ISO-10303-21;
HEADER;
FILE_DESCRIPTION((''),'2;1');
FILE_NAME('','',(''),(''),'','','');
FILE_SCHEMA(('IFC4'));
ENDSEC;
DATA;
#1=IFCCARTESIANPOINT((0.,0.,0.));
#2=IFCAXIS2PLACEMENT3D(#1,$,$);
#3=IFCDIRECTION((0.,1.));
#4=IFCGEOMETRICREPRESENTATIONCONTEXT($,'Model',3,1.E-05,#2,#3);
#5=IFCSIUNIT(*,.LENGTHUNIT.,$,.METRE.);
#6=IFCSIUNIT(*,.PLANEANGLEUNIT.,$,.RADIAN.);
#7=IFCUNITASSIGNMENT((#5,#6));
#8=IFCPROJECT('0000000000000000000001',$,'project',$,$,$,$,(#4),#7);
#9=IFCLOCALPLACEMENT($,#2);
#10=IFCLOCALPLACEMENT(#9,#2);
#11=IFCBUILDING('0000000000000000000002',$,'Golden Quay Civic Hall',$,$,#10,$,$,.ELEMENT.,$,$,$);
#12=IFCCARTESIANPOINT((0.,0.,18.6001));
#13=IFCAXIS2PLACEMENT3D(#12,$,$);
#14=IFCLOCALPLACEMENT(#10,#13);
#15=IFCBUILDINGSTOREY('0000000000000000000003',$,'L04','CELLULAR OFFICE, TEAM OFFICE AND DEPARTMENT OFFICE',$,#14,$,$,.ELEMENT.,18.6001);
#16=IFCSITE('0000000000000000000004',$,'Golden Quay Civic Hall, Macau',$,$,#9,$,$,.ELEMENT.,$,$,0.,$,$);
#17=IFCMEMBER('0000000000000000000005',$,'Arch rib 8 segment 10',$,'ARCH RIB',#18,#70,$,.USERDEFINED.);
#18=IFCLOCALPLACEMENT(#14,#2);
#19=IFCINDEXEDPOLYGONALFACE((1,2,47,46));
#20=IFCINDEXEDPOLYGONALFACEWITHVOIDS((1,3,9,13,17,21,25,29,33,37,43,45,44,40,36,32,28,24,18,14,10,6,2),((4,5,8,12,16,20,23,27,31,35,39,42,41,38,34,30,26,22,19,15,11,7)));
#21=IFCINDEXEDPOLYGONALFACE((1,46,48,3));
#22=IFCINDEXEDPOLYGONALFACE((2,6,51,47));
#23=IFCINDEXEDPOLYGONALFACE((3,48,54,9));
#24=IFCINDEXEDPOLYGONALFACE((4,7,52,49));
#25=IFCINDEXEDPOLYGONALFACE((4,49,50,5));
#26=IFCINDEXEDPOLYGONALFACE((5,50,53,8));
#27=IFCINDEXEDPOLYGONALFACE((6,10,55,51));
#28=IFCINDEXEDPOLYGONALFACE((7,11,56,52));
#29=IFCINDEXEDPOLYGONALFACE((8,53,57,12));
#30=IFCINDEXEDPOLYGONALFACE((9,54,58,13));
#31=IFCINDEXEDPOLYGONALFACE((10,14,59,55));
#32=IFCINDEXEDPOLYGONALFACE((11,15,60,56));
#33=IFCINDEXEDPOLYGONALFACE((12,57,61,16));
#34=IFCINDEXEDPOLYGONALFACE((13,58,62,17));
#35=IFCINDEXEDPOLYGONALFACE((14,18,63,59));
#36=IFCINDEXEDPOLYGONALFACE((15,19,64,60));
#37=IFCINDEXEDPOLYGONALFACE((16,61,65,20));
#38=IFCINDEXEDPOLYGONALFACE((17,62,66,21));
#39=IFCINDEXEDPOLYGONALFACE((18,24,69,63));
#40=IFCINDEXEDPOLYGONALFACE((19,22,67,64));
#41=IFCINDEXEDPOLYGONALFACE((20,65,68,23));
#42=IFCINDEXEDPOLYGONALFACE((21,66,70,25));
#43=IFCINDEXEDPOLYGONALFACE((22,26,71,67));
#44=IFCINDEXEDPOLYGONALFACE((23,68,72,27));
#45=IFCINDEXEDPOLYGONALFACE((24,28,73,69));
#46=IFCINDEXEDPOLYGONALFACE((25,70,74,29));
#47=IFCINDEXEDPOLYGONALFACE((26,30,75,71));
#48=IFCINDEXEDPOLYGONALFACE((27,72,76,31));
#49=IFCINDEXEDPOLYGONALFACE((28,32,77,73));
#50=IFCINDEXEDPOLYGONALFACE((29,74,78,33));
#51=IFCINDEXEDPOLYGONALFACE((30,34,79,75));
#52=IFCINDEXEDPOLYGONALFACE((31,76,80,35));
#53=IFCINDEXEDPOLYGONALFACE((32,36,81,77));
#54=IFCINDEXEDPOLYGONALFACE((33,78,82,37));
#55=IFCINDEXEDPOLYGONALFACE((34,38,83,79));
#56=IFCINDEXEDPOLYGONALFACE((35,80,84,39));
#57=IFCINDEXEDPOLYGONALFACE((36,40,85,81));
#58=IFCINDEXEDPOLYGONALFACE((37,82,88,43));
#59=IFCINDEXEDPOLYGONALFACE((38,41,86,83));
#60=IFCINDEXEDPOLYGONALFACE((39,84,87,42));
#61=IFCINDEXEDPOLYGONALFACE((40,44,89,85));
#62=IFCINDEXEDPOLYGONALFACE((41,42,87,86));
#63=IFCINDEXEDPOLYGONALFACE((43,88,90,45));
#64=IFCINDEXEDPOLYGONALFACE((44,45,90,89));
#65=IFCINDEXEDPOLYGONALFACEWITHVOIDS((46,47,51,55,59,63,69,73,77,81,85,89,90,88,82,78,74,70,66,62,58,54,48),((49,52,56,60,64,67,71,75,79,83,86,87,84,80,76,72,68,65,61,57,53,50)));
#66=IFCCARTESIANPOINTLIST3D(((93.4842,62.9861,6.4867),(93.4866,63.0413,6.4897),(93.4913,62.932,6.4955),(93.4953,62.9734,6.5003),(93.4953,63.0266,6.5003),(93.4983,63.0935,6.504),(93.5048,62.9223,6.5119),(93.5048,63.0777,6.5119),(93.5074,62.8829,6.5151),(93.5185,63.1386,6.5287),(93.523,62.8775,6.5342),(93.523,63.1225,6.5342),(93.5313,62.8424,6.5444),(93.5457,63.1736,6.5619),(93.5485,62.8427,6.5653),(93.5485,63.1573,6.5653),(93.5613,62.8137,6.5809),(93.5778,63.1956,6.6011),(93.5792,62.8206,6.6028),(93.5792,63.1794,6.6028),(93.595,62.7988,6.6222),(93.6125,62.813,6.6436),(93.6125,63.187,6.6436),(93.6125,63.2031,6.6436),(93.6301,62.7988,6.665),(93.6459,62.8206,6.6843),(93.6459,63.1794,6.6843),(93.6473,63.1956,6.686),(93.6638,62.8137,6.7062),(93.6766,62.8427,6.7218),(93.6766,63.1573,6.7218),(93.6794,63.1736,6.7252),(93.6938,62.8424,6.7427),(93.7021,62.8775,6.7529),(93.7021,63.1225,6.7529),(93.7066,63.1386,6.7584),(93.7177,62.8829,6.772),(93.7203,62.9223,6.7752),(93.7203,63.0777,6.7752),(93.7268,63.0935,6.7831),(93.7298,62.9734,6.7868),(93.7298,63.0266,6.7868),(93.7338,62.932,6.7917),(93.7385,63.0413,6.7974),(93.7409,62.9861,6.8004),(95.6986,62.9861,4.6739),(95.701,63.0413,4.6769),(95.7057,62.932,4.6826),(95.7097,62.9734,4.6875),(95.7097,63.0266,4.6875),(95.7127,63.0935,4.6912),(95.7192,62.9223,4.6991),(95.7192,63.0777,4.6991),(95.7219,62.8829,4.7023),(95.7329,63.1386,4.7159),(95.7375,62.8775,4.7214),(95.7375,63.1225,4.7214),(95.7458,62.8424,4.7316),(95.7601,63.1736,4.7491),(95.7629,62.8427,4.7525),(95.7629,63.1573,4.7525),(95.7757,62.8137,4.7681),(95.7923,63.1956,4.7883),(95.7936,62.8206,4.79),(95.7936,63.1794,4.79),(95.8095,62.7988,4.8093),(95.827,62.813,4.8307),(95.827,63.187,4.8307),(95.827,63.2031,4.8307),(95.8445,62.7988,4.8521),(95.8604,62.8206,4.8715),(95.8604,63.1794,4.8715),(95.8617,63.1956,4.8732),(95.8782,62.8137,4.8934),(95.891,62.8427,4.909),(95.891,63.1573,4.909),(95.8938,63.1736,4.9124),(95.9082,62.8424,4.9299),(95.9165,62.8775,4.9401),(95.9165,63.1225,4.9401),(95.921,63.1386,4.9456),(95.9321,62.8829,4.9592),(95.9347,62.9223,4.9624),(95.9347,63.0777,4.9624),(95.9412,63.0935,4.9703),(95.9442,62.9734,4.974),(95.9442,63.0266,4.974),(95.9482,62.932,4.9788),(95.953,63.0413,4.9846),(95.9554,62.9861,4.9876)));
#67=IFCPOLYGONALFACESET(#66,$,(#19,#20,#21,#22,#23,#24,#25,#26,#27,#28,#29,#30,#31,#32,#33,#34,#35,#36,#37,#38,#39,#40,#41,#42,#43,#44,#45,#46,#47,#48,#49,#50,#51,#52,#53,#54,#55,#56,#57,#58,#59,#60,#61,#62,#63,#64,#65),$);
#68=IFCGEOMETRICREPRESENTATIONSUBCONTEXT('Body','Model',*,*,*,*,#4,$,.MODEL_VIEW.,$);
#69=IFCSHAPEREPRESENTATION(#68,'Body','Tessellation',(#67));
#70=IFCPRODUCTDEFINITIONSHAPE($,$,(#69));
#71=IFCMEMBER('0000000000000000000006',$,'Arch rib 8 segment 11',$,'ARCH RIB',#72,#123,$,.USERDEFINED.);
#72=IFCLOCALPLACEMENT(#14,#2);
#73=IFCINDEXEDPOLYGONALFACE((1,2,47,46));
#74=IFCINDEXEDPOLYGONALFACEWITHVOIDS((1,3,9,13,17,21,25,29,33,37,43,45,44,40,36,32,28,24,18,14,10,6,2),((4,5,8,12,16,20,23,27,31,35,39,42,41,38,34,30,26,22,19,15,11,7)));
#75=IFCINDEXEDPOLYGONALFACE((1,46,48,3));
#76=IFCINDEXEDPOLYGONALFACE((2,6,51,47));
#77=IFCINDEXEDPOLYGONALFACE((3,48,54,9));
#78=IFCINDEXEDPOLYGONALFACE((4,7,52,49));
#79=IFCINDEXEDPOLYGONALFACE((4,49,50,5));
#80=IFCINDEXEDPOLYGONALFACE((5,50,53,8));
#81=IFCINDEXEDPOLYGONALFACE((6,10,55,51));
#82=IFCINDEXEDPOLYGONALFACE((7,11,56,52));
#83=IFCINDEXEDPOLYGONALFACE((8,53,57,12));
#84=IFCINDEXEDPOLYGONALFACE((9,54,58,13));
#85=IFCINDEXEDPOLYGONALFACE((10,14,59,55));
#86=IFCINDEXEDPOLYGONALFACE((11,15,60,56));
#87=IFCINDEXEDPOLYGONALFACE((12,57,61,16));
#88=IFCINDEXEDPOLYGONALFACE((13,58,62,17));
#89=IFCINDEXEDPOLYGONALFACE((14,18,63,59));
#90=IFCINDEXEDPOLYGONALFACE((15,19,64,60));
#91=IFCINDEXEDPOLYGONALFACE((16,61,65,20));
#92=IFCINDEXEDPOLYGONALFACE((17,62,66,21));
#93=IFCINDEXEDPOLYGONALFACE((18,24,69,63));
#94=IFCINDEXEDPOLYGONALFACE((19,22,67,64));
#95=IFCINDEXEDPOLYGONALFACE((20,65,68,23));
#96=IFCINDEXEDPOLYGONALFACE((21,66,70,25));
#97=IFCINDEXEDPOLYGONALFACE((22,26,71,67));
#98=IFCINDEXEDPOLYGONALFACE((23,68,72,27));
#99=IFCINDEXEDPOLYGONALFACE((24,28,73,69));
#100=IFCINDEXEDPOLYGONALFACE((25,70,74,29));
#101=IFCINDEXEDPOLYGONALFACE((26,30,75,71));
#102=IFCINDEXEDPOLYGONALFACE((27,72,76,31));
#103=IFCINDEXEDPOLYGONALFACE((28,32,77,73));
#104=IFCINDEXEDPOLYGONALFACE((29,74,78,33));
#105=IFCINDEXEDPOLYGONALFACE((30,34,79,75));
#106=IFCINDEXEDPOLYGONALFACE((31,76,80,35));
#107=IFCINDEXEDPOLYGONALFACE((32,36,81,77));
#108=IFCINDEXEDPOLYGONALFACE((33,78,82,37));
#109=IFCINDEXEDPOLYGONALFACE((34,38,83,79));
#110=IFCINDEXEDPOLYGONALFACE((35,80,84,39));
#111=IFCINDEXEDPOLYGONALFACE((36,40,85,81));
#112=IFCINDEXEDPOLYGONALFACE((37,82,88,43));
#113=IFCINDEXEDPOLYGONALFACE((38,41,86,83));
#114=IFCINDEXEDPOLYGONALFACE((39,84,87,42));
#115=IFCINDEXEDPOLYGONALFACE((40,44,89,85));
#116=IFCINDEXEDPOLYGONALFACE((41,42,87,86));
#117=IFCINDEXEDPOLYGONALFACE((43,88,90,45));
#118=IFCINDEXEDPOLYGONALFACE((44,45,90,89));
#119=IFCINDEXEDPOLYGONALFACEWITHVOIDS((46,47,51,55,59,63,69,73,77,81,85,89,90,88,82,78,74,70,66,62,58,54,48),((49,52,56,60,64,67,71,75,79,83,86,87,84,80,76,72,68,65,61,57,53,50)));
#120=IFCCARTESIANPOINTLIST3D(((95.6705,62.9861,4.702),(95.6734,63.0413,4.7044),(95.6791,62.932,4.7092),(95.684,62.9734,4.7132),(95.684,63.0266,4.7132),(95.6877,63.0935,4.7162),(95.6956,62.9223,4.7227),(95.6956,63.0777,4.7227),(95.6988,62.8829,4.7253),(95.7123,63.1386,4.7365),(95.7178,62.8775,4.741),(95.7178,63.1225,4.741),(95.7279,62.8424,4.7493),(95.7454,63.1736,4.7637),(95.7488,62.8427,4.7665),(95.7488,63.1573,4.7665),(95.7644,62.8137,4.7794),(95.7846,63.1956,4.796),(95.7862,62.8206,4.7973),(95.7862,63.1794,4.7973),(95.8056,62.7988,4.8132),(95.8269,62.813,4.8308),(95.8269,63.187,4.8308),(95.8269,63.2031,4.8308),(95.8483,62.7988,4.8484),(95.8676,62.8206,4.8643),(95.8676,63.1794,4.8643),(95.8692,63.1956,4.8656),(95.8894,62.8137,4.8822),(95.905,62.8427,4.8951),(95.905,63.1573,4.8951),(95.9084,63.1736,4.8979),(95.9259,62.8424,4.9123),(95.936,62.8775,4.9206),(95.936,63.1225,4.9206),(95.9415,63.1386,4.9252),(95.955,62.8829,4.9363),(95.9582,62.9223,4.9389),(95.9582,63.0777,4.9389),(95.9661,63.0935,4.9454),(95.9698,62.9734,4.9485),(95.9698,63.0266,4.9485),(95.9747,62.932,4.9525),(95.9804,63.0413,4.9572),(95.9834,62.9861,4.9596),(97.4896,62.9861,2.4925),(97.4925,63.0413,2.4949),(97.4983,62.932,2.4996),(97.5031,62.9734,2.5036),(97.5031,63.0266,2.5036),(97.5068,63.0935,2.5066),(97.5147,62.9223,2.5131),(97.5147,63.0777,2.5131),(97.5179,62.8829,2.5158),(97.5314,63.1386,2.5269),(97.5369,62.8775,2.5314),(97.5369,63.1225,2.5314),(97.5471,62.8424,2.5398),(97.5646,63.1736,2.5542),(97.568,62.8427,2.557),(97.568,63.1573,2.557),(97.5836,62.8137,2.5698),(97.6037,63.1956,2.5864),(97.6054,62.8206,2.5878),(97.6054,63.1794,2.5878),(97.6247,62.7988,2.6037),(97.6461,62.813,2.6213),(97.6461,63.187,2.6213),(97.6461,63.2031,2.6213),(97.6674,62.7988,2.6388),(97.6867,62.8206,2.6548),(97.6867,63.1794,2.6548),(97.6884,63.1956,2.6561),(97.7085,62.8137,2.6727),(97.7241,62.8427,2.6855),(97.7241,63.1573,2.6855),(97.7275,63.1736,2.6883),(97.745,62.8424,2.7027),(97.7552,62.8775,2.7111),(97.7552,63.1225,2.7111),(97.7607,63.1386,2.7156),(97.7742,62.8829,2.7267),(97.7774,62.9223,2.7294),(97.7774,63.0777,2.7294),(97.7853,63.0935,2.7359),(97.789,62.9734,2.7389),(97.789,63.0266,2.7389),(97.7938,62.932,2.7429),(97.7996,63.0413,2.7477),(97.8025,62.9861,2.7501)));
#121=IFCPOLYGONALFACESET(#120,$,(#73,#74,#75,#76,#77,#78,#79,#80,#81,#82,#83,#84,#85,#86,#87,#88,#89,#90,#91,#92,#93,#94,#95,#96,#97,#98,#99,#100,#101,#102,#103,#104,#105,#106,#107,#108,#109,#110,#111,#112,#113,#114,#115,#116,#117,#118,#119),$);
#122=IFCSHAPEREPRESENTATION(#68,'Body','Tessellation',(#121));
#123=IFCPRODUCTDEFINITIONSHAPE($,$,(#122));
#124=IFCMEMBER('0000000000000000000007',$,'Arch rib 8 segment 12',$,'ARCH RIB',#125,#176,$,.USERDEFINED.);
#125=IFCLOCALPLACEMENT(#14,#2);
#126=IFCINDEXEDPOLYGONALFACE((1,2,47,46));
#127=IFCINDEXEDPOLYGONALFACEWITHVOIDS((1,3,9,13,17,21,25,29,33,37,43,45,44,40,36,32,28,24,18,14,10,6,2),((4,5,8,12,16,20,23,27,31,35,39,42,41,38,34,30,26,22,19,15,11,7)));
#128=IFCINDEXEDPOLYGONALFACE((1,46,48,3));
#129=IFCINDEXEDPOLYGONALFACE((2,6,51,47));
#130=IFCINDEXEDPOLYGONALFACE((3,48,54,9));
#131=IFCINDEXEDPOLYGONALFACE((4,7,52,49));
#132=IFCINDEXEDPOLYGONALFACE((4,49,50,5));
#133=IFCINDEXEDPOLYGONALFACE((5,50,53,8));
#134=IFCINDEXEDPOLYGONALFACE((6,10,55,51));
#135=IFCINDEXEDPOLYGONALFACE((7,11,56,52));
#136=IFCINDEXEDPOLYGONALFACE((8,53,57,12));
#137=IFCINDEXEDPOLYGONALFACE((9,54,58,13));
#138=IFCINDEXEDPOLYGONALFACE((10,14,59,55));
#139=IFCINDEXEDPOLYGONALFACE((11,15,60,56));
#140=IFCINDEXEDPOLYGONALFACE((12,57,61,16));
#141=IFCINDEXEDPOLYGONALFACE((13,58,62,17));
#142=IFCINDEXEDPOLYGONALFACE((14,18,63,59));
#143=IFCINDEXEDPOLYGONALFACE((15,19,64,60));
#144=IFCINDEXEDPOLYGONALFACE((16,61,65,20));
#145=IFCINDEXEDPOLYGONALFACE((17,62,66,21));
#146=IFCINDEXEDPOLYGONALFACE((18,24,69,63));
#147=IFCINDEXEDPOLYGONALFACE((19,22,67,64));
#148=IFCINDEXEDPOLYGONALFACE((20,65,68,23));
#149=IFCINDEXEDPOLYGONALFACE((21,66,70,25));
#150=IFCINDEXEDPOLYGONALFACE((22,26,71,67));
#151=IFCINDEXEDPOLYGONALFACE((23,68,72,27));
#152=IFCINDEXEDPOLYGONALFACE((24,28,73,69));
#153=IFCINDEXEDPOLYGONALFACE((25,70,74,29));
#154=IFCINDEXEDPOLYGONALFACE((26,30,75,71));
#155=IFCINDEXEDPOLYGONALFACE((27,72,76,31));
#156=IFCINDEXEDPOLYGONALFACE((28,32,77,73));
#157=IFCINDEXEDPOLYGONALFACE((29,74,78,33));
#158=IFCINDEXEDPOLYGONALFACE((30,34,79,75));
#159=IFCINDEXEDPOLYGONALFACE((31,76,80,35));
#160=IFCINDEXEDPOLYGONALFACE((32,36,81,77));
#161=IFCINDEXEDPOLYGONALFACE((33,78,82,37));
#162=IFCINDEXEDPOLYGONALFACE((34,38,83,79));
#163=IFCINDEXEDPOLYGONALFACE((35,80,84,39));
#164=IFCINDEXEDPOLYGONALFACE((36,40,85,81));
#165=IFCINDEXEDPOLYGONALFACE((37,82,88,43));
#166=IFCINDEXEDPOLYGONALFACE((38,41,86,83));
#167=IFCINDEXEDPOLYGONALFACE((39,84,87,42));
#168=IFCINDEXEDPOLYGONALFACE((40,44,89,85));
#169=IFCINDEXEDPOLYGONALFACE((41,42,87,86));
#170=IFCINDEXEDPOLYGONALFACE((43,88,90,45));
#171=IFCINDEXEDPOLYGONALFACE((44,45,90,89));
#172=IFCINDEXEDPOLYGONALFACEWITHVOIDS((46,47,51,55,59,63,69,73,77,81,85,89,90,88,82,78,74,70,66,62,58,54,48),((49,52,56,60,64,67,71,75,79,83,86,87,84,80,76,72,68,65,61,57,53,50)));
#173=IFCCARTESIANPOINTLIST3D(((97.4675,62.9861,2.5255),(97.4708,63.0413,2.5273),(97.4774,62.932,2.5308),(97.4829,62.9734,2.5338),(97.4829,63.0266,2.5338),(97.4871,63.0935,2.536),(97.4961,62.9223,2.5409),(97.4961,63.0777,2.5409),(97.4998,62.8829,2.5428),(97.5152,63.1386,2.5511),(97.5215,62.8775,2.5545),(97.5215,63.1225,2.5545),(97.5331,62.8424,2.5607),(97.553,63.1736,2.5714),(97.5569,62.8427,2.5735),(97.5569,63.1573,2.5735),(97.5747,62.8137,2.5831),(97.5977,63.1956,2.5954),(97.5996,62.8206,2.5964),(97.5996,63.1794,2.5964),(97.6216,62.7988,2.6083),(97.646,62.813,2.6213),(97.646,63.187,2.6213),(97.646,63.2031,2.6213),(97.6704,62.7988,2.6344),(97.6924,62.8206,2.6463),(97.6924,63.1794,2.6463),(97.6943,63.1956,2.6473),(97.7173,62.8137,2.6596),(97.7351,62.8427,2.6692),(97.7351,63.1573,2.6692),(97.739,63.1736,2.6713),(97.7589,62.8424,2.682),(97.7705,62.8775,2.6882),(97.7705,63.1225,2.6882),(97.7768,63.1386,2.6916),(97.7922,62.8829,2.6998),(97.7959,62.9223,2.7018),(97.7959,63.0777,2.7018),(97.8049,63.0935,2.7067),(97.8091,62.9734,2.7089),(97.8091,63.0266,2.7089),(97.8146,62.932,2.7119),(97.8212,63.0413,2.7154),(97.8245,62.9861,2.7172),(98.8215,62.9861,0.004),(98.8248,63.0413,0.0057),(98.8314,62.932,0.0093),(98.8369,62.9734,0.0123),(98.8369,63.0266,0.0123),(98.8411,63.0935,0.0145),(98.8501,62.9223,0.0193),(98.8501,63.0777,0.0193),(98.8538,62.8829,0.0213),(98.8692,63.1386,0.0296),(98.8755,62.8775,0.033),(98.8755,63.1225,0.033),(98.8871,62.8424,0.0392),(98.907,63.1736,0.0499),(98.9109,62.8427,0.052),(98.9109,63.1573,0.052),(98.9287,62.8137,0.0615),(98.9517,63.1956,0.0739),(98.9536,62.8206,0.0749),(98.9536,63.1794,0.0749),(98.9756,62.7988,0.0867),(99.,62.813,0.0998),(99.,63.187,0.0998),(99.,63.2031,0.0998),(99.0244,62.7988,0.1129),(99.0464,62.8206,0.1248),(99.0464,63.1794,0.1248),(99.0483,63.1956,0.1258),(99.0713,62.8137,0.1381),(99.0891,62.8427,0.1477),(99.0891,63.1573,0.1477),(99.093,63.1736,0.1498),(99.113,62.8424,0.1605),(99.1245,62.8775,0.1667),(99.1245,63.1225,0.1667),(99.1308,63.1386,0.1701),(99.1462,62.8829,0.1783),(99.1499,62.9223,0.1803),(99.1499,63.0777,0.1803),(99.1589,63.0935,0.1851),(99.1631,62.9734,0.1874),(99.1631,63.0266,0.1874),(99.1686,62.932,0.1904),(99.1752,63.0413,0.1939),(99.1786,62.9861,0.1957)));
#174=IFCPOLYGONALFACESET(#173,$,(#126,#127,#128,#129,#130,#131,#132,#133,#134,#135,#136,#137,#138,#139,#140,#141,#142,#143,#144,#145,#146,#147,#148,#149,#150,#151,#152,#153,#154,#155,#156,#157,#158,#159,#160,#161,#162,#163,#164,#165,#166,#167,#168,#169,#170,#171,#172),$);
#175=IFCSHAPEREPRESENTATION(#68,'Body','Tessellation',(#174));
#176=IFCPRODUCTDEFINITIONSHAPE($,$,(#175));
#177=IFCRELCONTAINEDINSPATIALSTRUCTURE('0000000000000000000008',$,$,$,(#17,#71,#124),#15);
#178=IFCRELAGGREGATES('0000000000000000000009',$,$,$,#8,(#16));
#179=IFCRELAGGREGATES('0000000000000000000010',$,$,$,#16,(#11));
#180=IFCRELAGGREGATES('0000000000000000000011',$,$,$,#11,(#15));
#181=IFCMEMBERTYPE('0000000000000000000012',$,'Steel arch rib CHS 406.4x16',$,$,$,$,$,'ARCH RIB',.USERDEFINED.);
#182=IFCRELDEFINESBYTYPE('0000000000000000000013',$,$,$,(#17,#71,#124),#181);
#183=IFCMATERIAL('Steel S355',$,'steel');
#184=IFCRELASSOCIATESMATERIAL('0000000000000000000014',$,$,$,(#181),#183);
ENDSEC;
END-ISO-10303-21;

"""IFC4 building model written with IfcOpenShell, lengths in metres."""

from ifc_helpers import new_model, si_unit, direction, frame, origin, origin_2d, place, context, subcontext, project, spatial, hollow_circle, extrude, material, material_profile, profile_set, type_object, element, save


model = new_model("IFC4")

# Units and contexts
model_context = context("Model", 3, precision=1e-05, world=origin(), true_north=direction((0.0, 1.0)))
body_context = subcontext(model_context, "Body", "Model", "MODEL_VIEW")
ifc_project = project(units=[si_unit("LENGTHUNIT", "METRE"), si_unit("PLANEANGLEUNIT", "RADIAN")], contexts=[model_context])

# Site, building, storey
site_placement = place(None, origin())
site = spatial("IfcSite", under=ifc_project, at=site_placement, Name="Golden Quay Civic Hall, Macau", CompositionType="ELEMENT", RefElevation=0.0)
building_placement = place(site_placement, origin())
building = spatial("IfcBuilding", under=site, at=building_placement, Name="Golden Quay Civic Hall", CompositionType="ELEMENT")
storey_placement = place(building_placement, frame((0.0, 0.0, 18.6001)))
storey = spatial("IfcBuildingStorey", under=building, at=storey_placement, Name="L04", Description="CELLULAR OFFICE, TEAM OFFICE AND DEPARTMENT OFFICE", CompositionType="ELEMENT", Elevation=18.6001)

# Members
ifc_material_1 = material(Name="Steel S355", Category="steel")
ifc_material_profile_1 = material_profile(ifc_material_1, hollow_circle(Radius=0.2031, WallThickness=0.0161, at=origin_2d()), Name="CHS 406.4x16")
ifc_profile_set_1 = profile_set([ifc_material_profile_1], Name="Steel S355")
member_type_1 = type_object("IfcMemberType", Name="Steel arch rib CHS 406.4x16", ElementType="ARCH RIB", PredefinedType="USERDEFINED", material=ifc_profile_set_1)
member_placement = place(storey_placement, frame((93.6125, 63.0, 6.6436), z_axis=(0.773786, 0.0, -0.633447), x_axis=(0.0, 1.0, 0.0)))
element("IfcMember", 1, at=member_placement, inside=storey, type_object=member_type_1, Name="Arch rib 8 segment 10", ObjectType="ARCH RIB", PredefinedType="USERDEFINED", context=body_context, shape_type="SweptSolid", body=[
    extrude(hollow_circle(Radius=0.2031, WallThickness=0.0161, at=origin_2d()), origin(), (0.0, 0.0, 1.0), 2.8618),
])
for number, where, z_axis, x_axis, name in (
    (2, (95.8269, 63.0, 4.8308), (0.635609, 0.0, -0.772011), (0.0, 1.0, 0.0), "Arch rib 8 segment 11"),
    (3, (97.646, 63.0, 2.6213), (0.473092, 0.0, -0.881013), (0.0, 1.0, 0.0), "Arch rib 8 segment 12"),
):
    element("IfcMember", number, at=place(storey_placement, frame(where, z_axis=z_axis, x_axis=x_axis)), inside=storey, type_object=member_type_1, Name=name, ObjectType="ARCH RIB", PredefinedType="USERDEFINED", context=body_context, shape_type="SweptSolid", body=[
        extrude(hollow_circle(Radius=0.2031, WallThickness=0.0161, at=origin_2d()), origin(), (0.0, 0.0, 1.0), 2.8621),
    ])

save(model, "model.ifc")
